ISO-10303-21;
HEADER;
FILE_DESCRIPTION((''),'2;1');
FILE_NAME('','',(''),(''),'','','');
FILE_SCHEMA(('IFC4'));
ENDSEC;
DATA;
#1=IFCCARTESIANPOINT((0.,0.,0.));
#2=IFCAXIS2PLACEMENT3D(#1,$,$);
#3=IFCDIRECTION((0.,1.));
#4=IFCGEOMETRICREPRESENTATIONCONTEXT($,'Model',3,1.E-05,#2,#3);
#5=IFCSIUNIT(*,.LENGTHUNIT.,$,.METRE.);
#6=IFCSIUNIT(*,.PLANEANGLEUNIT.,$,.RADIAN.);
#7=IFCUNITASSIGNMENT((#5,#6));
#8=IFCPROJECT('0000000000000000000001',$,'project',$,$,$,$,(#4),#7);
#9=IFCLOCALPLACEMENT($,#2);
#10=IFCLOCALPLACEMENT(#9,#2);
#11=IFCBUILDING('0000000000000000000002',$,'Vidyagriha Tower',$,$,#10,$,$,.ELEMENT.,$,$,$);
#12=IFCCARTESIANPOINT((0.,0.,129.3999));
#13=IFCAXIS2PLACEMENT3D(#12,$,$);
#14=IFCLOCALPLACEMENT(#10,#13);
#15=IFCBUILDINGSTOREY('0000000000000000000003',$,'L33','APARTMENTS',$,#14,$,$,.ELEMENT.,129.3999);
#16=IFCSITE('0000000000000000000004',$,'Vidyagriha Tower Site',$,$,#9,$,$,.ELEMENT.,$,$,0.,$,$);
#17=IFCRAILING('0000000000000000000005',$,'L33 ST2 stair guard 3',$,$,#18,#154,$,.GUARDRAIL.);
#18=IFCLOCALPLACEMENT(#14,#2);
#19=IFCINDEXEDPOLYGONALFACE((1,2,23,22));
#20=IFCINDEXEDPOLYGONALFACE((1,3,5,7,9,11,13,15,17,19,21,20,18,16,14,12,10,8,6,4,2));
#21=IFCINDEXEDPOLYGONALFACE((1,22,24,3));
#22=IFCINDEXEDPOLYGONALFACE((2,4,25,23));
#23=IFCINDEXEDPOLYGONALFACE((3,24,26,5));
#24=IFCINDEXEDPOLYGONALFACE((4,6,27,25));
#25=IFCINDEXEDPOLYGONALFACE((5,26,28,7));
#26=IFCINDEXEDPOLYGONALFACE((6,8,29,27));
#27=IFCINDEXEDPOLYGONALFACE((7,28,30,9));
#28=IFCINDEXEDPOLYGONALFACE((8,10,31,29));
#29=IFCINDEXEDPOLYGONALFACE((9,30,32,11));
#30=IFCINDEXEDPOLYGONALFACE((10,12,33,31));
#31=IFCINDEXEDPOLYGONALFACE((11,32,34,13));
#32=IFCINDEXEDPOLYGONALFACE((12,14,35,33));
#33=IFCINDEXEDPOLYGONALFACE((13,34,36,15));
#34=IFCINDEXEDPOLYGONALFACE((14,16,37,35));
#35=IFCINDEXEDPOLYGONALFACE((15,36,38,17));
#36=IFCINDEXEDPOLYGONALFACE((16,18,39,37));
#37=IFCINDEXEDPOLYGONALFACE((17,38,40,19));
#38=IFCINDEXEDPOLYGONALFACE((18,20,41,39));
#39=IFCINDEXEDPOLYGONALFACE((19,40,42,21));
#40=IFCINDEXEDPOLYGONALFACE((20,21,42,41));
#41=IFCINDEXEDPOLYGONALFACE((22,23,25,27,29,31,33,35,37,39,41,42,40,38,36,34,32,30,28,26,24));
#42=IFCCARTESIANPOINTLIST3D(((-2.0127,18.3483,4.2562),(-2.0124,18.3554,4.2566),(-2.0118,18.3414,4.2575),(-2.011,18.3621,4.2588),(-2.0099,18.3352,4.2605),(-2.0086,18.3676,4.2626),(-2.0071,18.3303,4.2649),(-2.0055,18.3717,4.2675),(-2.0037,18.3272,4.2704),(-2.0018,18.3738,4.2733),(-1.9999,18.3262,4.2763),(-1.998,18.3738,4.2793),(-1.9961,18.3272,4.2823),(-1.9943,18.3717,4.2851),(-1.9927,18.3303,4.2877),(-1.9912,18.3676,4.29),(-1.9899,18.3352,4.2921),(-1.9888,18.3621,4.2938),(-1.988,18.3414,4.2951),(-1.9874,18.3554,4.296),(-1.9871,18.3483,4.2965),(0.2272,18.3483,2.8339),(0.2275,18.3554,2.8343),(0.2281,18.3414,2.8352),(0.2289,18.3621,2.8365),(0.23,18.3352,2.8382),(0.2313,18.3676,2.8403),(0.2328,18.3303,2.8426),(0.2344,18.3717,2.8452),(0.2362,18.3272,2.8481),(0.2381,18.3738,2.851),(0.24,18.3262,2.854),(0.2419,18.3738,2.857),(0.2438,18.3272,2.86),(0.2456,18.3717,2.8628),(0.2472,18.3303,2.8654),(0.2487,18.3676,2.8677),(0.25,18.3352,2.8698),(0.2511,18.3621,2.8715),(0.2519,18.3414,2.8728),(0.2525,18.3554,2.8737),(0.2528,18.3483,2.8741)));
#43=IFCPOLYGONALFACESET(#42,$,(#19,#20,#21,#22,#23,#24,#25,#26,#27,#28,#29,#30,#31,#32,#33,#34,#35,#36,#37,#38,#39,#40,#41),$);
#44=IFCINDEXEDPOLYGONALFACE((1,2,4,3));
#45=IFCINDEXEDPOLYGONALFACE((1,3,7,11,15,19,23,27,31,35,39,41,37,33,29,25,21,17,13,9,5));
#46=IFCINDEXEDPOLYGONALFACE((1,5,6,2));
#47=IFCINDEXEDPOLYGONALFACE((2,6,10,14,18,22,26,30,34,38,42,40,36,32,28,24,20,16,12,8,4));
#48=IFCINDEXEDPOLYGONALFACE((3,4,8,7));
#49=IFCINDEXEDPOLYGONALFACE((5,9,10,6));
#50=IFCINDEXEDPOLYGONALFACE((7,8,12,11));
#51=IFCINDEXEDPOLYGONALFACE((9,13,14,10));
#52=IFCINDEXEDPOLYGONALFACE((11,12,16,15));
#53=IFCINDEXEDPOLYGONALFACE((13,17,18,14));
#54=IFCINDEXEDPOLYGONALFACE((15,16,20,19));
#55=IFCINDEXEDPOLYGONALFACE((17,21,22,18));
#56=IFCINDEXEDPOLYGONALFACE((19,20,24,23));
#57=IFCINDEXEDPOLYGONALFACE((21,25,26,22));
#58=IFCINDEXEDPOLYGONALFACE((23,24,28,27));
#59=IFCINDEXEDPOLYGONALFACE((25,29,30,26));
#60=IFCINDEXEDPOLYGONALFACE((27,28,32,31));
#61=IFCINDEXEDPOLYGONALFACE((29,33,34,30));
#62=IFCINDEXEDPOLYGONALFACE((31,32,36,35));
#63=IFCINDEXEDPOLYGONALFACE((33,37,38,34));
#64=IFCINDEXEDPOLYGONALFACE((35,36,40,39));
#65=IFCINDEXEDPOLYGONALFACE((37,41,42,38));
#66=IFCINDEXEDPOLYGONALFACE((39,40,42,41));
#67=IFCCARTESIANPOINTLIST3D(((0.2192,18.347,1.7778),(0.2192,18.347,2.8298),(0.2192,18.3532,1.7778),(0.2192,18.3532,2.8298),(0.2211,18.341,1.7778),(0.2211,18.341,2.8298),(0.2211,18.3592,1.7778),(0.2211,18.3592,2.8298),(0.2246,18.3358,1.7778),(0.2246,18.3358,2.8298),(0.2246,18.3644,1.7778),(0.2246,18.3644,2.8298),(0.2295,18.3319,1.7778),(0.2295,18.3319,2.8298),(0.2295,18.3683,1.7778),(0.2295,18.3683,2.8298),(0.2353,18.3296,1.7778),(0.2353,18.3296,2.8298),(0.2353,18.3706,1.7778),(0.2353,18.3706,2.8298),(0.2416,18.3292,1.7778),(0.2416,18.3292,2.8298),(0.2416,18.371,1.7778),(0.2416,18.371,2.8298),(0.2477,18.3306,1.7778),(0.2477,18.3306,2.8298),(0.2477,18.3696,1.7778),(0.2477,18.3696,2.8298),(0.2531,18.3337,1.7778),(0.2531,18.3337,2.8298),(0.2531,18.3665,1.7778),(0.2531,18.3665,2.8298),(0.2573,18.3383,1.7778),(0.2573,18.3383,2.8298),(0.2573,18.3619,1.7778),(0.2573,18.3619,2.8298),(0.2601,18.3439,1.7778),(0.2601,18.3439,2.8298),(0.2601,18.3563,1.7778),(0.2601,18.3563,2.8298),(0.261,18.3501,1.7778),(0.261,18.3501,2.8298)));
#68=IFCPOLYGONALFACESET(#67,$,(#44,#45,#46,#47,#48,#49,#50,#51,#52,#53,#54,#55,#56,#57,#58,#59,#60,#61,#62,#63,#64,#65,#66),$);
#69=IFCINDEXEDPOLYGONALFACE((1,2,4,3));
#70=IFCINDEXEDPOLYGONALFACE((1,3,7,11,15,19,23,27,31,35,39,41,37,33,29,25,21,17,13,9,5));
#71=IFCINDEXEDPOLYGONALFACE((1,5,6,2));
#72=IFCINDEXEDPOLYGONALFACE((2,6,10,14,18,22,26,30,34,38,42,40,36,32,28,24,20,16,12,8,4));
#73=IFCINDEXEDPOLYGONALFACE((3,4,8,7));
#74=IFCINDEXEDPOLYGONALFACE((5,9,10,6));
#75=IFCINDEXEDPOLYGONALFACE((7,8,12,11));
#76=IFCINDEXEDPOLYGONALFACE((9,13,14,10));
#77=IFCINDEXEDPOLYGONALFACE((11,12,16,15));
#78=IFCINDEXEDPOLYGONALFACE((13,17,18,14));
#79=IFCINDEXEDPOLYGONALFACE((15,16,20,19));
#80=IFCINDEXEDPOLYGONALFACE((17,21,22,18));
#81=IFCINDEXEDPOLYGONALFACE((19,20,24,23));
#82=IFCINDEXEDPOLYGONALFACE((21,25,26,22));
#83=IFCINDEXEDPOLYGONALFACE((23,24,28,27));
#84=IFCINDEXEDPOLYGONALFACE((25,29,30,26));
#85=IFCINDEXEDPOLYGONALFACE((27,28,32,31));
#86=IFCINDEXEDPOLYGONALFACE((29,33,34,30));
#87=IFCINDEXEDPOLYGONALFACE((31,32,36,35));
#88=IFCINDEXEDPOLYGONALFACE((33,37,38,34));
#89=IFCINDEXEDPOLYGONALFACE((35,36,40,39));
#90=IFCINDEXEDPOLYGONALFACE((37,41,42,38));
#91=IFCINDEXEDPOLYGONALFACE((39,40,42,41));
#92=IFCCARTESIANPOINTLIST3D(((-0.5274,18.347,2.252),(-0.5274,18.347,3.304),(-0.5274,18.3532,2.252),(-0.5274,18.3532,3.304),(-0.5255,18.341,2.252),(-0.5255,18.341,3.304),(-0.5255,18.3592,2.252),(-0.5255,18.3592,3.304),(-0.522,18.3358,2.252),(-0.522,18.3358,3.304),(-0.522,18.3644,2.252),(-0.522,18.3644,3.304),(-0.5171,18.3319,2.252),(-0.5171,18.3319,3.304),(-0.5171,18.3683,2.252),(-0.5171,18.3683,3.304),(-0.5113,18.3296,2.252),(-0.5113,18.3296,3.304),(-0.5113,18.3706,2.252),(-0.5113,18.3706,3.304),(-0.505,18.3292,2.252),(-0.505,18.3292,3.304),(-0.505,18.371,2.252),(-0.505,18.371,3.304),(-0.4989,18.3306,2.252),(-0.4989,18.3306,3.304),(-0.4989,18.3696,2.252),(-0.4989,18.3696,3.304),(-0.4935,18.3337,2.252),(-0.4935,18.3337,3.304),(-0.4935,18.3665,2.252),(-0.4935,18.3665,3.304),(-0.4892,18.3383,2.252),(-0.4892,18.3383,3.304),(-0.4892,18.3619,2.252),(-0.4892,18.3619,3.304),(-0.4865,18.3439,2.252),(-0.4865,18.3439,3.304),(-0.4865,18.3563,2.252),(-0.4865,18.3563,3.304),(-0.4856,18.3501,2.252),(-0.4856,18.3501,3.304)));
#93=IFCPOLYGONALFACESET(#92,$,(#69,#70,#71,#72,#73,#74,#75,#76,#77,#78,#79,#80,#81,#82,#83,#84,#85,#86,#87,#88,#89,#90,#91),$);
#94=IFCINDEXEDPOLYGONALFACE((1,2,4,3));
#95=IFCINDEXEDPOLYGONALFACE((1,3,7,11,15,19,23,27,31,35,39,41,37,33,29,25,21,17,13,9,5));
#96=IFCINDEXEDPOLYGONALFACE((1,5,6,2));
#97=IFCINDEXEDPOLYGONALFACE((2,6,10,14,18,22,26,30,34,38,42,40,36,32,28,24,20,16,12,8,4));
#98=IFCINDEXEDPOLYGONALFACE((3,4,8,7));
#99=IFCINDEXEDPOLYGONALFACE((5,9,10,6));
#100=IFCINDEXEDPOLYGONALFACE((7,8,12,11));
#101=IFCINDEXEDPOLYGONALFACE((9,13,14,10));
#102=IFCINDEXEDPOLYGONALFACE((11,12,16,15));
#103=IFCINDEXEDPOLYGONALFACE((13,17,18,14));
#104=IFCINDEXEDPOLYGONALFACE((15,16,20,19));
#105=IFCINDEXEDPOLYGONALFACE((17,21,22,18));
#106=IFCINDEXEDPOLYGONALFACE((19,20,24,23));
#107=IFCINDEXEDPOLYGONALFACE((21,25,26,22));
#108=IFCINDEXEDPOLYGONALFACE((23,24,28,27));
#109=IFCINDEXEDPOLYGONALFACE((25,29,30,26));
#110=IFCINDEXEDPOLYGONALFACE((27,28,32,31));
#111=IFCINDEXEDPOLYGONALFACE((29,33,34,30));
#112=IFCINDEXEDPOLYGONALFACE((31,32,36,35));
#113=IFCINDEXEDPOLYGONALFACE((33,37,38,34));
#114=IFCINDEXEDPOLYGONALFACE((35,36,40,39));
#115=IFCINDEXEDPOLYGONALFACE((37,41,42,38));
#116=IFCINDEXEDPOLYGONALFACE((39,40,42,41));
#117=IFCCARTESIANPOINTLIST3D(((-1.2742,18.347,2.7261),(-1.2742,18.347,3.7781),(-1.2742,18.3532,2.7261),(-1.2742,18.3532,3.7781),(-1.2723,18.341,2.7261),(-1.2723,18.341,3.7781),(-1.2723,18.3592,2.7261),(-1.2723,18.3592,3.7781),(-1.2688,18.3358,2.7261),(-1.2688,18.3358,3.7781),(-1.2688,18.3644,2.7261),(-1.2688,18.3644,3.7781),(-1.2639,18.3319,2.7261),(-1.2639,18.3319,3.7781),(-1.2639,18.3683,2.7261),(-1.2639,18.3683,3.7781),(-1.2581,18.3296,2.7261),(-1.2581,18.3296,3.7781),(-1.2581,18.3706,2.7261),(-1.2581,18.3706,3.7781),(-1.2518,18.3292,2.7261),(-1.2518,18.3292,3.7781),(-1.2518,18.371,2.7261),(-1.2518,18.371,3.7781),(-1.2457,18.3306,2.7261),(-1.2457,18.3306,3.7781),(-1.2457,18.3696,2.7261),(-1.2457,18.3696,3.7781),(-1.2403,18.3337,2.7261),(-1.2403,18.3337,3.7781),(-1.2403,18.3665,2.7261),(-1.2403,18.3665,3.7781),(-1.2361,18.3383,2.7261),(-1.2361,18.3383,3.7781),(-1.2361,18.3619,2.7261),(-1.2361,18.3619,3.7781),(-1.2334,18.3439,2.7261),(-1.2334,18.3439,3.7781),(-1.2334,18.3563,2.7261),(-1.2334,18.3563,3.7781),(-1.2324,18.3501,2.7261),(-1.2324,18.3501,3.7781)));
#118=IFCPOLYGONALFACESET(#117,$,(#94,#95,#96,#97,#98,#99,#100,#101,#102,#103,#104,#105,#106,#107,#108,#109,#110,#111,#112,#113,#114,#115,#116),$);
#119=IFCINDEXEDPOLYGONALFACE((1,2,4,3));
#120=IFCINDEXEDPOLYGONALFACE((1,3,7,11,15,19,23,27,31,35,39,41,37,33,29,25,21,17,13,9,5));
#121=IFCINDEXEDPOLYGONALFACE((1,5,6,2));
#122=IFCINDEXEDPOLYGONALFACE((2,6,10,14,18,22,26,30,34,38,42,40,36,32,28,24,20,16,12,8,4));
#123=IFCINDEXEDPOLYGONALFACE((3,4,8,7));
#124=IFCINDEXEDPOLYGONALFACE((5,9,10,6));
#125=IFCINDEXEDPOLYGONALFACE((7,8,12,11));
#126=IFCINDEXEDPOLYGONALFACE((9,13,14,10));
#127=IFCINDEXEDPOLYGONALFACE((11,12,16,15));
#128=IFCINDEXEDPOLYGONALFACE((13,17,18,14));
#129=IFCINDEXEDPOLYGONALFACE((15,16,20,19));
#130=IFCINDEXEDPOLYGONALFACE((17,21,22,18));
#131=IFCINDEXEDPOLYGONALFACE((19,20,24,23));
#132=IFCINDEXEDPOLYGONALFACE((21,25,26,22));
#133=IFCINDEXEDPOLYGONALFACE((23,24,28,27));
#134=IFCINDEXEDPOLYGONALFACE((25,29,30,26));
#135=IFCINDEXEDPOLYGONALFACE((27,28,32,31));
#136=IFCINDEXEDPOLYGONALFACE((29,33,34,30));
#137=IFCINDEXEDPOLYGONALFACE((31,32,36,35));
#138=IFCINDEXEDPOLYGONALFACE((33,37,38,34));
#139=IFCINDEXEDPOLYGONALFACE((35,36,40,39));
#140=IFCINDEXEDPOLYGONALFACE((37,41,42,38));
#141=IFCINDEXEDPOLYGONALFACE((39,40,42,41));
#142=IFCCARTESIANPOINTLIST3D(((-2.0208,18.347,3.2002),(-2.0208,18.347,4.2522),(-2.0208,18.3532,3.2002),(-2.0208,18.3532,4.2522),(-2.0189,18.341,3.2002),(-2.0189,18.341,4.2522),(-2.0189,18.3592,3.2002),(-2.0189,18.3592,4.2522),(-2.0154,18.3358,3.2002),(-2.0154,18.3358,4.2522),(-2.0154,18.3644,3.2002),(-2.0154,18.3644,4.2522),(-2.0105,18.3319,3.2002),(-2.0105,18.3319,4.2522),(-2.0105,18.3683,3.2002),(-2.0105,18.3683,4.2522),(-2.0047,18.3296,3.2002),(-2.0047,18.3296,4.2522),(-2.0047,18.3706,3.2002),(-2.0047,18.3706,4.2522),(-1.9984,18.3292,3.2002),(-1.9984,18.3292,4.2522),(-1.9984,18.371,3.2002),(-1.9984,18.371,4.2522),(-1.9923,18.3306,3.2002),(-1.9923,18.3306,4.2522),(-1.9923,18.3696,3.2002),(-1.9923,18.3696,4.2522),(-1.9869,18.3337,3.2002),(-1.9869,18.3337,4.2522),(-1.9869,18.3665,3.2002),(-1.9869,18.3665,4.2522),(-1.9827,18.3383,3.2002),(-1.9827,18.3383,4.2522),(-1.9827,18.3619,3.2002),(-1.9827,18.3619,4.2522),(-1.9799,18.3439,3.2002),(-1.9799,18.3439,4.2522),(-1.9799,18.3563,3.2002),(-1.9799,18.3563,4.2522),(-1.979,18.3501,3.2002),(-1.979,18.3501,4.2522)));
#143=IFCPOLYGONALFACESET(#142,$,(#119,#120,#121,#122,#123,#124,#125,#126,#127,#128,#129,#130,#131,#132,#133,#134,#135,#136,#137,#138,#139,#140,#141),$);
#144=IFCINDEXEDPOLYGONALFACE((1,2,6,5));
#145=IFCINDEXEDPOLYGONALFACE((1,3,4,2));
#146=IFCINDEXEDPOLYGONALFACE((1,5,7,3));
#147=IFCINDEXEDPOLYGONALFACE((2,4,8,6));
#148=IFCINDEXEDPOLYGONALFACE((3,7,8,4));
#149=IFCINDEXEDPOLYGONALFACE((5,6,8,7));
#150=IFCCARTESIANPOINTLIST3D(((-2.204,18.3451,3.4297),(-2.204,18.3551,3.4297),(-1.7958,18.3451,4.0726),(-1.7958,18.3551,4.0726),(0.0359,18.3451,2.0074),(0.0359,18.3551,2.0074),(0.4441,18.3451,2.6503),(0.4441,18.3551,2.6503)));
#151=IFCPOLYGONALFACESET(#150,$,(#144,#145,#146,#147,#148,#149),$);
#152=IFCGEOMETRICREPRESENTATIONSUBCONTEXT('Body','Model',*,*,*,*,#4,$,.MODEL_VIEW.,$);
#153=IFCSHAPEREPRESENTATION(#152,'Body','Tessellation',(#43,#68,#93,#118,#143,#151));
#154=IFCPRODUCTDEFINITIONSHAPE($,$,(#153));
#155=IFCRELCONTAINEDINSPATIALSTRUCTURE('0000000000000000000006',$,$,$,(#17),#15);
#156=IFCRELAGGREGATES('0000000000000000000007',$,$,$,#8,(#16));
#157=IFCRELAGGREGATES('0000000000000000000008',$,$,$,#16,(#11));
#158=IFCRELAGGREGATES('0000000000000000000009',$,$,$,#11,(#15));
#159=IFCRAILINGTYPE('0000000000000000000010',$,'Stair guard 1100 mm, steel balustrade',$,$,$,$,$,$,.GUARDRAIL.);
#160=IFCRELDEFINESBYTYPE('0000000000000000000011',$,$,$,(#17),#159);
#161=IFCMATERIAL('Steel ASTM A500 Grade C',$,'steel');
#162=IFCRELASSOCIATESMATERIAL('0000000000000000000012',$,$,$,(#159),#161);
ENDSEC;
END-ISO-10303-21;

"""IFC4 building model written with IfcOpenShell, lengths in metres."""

from ifc_helpers import new_model, si_unit, direction, frame, origin, origin_2d, place, context, subcontext, project, spatial, rectangle, circle, extrude, material, type_object, element, save


model = new_model("IFC4")

# Units and contexts
model_context = context("Model", 3, precision=1e-05, world=origin(), true_north=direction((0.0, 1.0)))
body_context = subcontext(model_context, "Body", "Model", "MODEL_VIEW")
ifc_project = project(units=[si_unit("LENGTHUNIT", "METRE"), si_unit("PLANEANGLEUNIT", "RADIAN")], contexts=[model_context])

# Site, building, storey
site_placement = place(None, origin())
site = spatial("IfcSite", under=ifc_project, at=site_placement, Name="Vidyagriha Tower Site", CompositionType="ELEMENT", RefElevation=0.0)
building_placement = place(site_placement, origin())
building = spatial("IfcBuilding", under=site, at=building_placement, Name="Vidyagriha Tower", CompositionType="ELEMENT")
storey_placement = place(building_placement, frame((0.0, 0.0, 129.3999)))
storey = spatial("IfcBuildingStorey", under=building, at=storey_placement, Name="L33", Description="APARTMENTS", CompositionType="ELEMENT", Elevation=129.3999)

# Railing
ifc_material_1 = material(Name="Steel ASTM A500 Grade C", Category="steel")
railing_type_1 = type_object("IfcRailingType", Name="Stair guard 1100 mm, steel balustrade", PredefinedType="GUARDRAIL", material=ifc_material_1)
railing_1_placement = place(storey_placement, frame((0.24, 18.3501, 1.7778)))
element("IfcRailing", 1, at=railing_1_placement, inside=storey, type_object=railing_type_1, Name="L33 ST2 stair guard 3", PredefinedType="GUARDRAIL", context=body_context, shape_type="SweptSolid", body=[
    extrude(circle(Radius=0.0239, at=origin_2d()), frame((0.0, 0.0, 1.0762), z_axis=(-0.844188, 0.0, 0.536048), x_axis=(0.0, -1.0, 0.0)), (0.0, 0.0, 1.0), 2.6533),
    extrude(circle(Radius=0.021, at=origin_2d()), origin(), (0.0, 0.0, 1.0), 1.052),
    extrude(circle(Radius=0.021, at=origin_2d()), frame((-0.7466, 0.0, 0.4741)), (0.0, 0.0, 1.0), 1.052),
    extrude(circle(Radius=0.021, at=origin_2d()), frame((-1.4934, 0.0, 0.9482)), (0.0, 0.0, 1.0), 1.052),
    extrude(circle(Radius=0.021, at=origin_2d()), frame((-2.24, 0.0, 1.4224)), (0.0, 0.0, 1.0), 1.052),
    extrude(rectangle(XDim=0.01, YDim=0.7615, at=origin_2d()), frame((0.0, 0.0, 0.551), z_axis=(-0.844188, 0.0, 0.536048), x_axis=(0.0, -1.0, 0.0)), (0.0, 0.0, 1.0), 2.6533),
])

save(model, "model.ifc")
